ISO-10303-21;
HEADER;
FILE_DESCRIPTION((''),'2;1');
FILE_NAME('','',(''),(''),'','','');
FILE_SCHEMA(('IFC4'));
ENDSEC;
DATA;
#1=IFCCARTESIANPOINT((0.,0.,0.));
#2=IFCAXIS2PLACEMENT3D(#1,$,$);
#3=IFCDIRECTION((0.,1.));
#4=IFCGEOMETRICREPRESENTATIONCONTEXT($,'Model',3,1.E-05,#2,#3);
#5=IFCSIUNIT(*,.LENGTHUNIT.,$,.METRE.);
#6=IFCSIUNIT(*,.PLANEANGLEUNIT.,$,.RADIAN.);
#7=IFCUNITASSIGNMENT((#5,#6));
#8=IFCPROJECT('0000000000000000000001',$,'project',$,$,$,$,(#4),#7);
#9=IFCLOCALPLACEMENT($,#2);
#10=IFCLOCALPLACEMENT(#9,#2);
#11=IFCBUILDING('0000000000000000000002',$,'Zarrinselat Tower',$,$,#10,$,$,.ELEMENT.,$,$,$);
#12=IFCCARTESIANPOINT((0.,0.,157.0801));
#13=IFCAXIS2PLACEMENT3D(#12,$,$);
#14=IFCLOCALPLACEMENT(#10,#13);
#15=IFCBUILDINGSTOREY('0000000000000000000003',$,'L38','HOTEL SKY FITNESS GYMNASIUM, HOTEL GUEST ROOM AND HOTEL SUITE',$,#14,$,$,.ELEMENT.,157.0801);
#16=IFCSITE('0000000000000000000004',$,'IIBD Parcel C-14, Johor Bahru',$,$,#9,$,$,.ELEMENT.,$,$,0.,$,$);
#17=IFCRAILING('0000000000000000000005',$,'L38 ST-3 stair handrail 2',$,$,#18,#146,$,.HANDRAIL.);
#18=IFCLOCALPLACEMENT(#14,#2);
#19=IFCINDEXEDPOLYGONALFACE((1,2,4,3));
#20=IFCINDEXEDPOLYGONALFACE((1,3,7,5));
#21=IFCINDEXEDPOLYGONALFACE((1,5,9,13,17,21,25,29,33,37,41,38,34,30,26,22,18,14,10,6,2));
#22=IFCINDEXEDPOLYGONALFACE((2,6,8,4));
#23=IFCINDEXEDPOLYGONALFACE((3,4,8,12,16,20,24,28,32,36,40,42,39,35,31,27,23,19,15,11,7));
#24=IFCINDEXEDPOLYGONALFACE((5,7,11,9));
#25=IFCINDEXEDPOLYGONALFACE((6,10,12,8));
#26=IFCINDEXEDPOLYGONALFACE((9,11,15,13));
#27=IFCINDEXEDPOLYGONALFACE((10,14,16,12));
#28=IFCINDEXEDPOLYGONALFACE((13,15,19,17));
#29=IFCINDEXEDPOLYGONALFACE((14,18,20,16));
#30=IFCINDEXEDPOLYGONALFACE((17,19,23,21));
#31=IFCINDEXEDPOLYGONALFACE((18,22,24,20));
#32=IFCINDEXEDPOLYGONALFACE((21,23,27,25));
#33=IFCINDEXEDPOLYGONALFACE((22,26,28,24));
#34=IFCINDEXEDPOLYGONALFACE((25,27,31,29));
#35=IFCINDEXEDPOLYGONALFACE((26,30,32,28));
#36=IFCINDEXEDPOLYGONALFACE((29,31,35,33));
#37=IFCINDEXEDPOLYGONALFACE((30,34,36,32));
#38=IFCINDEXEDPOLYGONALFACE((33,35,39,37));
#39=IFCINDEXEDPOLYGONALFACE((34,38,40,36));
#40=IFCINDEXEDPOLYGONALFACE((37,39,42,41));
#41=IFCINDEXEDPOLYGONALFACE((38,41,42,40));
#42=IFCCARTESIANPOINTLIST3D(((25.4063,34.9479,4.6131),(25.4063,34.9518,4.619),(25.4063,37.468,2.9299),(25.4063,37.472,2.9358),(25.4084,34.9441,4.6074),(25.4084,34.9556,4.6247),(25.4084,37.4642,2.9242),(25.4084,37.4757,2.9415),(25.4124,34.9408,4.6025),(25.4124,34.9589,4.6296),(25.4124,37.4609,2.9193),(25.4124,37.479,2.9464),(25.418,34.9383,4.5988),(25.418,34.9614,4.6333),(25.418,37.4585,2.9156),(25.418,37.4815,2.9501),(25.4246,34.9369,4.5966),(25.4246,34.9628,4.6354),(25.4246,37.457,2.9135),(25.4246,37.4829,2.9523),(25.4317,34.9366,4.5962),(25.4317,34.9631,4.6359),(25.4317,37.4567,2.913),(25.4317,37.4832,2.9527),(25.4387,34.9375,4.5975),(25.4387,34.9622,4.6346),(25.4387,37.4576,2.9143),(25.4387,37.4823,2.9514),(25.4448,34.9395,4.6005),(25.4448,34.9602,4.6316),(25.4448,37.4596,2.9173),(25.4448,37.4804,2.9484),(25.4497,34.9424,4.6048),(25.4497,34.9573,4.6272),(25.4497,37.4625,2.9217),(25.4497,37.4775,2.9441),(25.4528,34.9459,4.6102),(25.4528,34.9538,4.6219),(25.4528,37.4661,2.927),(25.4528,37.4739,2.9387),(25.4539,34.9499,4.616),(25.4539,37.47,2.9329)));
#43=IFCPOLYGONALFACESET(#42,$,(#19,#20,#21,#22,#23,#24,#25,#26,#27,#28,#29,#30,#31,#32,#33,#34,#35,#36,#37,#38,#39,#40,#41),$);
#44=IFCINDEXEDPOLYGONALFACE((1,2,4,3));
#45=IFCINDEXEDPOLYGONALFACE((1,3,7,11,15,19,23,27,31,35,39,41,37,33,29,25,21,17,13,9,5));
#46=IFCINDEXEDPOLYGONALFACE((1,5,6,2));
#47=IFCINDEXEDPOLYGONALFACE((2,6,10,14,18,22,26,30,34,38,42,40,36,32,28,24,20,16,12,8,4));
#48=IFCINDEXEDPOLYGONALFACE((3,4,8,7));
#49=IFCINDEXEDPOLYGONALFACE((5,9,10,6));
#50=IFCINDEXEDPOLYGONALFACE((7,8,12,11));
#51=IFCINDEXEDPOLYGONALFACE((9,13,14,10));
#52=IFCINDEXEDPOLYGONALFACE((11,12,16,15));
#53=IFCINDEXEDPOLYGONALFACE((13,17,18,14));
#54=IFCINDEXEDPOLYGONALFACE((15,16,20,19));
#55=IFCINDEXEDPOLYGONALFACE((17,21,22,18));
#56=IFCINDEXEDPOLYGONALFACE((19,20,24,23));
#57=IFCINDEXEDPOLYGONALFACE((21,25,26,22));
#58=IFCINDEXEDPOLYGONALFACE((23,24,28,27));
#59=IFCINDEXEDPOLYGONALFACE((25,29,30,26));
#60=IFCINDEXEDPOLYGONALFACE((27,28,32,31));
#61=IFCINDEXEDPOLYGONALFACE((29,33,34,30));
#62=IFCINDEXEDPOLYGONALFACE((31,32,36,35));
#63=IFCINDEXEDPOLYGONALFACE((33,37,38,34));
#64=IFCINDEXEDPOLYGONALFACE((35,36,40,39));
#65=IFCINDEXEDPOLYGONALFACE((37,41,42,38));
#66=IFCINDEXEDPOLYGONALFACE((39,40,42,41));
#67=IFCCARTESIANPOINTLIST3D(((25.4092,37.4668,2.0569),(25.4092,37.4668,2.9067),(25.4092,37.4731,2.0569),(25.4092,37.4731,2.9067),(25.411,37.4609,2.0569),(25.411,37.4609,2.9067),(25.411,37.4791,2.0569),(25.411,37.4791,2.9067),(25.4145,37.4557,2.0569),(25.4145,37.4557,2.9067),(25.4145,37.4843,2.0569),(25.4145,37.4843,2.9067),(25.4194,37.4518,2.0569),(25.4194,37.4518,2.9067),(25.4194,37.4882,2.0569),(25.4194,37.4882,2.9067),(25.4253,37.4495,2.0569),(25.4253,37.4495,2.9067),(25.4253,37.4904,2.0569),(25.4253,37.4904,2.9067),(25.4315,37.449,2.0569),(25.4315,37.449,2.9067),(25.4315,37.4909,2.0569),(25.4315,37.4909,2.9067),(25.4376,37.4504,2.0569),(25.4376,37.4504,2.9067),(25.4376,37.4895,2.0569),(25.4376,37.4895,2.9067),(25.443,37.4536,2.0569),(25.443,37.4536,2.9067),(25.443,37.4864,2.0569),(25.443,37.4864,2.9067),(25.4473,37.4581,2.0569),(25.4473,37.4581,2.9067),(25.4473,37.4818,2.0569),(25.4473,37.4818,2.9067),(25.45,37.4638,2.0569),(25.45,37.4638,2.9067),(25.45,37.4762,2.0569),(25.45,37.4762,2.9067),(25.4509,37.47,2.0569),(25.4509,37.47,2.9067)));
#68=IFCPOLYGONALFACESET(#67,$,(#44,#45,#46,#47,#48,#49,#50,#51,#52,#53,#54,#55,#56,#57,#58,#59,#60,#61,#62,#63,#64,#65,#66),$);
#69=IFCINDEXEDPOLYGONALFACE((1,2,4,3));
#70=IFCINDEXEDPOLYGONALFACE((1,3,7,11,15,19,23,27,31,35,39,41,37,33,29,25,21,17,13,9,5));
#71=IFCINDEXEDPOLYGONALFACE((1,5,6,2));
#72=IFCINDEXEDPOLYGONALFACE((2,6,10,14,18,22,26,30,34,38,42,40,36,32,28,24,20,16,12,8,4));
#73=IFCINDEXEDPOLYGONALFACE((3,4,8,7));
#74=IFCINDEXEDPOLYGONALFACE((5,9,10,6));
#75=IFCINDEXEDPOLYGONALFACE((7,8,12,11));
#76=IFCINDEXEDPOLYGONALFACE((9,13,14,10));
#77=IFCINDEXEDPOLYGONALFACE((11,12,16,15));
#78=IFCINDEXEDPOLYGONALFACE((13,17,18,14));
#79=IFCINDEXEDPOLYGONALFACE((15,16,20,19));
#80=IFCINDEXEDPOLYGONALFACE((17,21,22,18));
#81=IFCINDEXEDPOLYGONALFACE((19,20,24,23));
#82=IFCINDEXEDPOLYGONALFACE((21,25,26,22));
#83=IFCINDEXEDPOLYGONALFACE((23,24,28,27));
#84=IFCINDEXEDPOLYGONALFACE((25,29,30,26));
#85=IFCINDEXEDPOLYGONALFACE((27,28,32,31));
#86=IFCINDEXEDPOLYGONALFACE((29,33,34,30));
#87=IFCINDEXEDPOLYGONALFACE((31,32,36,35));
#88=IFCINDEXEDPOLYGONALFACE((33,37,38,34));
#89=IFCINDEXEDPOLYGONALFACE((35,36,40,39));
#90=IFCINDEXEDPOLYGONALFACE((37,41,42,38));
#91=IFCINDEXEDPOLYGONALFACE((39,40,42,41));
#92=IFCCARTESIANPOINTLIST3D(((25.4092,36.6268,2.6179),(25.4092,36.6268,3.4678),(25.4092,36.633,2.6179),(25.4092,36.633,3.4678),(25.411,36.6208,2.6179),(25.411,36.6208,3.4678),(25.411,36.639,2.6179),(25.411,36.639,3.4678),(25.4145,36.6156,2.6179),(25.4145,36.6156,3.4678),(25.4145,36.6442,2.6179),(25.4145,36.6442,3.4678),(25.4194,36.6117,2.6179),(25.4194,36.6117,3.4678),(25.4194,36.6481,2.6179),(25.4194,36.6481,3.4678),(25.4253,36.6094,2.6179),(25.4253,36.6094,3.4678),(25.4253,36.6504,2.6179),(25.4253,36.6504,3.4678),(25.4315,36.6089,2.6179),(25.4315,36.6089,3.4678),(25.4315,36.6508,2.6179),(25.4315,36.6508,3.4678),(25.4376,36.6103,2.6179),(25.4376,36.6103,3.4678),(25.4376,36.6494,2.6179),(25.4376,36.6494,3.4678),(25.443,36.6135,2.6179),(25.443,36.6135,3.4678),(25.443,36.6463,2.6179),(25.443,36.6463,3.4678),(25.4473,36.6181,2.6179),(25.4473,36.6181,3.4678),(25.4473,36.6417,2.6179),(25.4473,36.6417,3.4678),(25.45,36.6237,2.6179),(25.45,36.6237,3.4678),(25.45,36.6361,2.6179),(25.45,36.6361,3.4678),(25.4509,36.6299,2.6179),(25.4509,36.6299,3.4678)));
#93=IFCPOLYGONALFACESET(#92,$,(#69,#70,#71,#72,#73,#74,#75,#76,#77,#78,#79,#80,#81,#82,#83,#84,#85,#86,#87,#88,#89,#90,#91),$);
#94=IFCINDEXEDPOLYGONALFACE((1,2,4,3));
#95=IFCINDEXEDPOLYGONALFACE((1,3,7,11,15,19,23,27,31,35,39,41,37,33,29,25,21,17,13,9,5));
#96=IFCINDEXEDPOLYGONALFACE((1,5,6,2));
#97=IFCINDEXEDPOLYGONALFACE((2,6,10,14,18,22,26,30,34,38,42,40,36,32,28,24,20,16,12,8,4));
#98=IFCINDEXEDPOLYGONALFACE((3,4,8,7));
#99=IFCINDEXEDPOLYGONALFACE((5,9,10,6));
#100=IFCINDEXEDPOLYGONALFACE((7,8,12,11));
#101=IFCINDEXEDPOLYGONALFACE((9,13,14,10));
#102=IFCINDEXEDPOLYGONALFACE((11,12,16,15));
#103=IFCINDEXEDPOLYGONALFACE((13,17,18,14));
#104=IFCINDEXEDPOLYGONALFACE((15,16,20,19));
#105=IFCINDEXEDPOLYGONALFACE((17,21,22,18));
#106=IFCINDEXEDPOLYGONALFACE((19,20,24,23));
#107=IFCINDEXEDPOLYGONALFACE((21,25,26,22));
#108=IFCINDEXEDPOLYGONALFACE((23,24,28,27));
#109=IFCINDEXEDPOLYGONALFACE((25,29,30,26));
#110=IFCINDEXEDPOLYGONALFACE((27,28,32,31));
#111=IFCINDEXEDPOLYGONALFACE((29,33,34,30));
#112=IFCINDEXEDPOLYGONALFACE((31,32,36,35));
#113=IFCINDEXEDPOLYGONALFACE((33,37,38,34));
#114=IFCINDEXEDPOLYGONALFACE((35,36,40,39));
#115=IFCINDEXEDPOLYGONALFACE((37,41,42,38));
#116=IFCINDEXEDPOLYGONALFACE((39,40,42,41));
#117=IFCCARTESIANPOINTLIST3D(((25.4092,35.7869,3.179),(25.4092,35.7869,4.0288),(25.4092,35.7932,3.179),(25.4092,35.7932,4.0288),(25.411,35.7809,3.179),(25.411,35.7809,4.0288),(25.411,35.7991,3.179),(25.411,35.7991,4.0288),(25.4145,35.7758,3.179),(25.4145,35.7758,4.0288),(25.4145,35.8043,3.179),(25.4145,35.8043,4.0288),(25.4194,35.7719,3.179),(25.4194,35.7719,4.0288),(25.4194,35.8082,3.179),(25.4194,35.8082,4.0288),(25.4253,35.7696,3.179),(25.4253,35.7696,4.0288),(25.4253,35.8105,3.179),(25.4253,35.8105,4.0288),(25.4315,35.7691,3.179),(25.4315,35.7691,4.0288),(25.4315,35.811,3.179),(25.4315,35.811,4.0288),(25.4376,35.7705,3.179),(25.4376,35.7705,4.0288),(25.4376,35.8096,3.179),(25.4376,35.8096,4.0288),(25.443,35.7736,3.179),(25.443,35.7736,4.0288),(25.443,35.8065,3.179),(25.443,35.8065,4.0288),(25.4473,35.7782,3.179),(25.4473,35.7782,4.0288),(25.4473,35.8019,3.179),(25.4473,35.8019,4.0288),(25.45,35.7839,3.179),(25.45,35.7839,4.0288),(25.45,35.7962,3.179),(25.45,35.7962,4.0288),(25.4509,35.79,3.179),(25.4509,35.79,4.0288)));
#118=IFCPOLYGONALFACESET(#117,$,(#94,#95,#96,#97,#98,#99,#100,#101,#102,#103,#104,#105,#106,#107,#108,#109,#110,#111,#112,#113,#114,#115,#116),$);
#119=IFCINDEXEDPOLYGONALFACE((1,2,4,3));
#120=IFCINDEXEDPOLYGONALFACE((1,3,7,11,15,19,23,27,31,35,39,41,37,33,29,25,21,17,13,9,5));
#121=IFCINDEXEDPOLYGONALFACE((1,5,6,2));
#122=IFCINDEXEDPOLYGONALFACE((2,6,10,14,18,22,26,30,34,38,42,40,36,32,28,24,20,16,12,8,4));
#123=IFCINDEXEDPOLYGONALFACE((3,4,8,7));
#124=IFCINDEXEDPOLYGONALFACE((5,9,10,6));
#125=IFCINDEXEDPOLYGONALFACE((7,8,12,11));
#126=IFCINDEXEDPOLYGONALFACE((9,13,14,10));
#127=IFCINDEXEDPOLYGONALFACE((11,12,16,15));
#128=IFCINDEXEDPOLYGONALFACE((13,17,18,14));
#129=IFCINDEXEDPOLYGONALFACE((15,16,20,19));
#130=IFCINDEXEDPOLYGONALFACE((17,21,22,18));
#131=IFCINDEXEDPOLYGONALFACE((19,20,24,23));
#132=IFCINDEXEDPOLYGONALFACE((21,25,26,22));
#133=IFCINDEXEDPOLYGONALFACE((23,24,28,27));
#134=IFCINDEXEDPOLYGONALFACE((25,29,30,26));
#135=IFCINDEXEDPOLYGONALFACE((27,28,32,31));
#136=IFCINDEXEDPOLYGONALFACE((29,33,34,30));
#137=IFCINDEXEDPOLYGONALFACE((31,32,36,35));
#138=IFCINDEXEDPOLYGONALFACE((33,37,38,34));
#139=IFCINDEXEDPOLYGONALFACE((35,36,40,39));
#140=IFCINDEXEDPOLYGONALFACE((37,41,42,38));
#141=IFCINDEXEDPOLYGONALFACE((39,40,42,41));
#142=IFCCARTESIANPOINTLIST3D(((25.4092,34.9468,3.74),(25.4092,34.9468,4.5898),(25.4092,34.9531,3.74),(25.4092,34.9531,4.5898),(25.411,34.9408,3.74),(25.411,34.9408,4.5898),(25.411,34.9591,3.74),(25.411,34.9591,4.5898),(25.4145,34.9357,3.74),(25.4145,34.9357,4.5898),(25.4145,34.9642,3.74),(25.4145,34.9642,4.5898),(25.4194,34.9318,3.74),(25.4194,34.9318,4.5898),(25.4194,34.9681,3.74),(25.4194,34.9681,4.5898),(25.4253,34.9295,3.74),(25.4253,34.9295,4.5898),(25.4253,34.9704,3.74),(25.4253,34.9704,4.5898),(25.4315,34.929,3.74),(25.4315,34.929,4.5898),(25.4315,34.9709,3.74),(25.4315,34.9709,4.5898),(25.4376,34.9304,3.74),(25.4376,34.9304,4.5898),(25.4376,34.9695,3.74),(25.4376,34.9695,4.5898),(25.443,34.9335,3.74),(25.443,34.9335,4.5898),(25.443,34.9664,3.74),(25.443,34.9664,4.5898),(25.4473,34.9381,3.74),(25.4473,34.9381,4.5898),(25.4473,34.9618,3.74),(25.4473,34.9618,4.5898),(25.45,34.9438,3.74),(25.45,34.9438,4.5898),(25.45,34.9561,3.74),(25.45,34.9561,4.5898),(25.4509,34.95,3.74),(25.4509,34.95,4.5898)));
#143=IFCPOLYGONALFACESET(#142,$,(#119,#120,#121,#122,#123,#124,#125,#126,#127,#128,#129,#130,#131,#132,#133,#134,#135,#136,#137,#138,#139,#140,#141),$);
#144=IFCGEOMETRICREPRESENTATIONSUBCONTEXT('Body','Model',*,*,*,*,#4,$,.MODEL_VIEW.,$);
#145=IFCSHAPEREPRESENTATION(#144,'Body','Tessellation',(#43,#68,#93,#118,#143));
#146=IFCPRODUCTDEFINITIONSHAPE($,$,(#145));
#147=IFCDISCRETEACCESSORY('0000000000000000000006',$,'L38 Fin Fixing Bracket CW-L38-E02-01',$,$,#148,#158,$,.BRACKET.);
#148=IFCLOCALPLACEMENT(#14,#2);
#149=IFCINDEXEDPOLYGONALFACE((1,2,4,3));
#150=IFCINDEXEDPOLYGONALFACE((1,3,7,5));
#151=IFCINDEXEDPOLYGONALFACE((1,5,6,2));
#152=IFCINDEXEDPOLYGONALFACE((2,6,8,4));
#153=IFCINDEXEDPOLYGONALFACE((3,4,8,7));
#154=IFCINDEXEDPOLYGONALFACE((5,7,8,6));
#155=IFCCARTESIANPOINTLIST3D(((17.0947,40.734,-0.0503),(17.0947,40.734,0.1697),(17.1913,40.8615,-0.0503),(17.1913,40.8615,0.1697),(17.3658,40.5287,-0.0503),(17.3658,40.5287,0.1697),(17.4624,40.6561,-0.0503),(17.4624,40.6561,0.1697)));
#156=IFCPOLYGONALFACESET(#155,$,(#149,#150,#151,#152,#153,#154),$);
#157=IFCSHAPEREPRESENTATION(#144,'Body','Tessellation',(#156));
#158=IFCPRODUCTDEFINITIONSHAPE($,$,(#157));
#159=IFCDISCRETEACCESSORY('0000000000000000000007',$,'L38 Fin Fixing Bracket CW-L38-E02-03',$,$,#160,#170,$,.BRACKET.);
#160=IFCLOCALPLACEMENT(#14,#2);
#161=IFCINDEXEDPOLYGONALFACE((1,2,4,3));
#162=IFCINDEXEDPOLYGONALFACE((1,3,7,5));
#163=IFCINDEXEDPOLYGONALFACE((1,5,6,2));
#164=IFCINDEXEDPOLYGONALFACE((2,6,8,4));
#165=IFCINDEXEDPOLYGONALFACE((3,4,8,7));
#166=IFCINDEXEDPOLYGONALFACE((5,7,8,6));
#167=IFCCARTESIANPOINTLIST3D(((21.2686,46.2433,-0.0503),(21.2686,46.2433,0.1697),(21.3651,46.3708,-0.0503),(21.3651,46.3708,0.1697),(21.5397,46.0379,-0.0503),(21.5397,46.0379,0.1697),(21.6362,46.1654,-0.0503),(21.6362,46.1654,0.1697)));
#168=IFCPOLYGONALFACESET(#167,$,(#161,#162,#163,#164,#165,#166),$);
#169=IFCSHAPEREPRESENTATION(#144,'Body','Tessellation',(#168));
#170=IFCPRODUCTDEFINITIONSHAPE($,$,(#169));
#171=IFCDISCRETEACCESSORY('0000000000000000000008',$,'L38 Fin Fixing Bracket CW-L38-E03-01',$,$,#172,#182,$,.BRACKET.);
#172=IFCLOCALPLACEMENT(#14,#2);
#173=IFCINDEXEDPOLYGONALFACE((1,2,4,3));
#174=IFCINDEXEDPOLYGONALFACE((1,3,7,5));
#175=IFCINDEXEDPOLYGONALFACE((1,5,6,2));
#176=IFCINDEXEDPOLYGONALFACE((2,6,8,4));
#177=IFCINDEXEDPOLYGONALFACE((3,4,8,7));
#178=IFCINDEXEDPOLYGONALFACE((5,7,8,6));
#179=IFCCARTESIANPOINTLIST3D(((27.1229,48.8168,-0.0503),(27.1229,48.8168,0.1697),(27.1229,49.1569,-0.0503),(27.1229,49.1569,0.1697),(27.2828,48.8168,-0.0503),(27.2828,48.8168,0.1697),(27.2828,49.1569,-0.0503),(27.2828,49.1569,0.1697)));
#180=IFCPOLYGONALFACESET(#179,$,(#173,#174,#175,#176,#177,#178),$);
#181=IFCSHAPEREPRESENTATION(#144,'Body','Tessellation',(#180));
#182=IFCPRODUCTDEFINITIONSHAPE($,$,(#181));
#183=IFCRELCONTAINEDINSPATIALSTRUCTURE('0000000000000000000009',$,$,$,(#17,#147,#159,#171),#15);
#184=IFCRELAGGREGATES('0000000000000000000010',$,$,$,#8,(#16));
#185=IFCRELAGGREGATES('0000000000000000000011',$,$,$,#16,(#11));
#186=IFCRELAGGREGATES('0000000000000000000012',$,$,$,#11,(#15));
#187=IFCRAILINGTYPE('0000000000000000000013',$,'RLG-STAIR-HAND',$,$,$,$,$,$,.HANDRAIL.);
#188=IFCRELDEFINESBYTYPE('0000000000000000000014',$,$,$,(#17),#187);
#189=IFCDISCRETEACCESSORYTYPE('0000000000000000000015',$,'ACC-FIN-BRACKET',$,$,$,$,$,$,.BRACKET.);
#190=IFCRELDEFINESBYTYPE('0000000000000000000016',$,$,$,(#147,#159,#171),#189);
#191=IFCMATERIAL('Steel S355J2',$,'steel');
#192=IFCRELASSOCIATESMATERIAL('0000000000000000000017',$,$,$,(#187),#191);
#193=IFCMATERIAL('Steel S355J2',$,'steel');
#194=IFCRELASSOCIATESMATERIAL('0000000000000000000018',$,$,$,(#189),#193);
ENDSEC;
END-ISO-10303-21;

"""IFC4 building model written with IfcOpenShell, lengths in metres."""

from ifc_helpers import new_model, si_unit, direction, frame, origin, origin_2d, place, context, subcontext, project, spatial, rectangle, circle, extrude, material, type_object, element, save


model = new_model("IFC4")

# Units and contexts
model_context = context("Model", 3, precision=1e-05, world=origin(), true_north=direction((0.0, 1.0)))
body_context = subcontext(model_context, "Body", "Model", "MODEL_VIEW")
ifc_project = project(units=[si_unit("LENGTHUNIT", "METRE"), si_unit("PLANEANGLEUNIT", "RADIAN")], contexts=[model_context])

# Site, building, storey
site_placement = place(None, origin())
site = spatial("IfcSite", under=ifc_project, at=site_placement, Name="IIBD Parcel C-14, Johor Bahru", CompositionType="ELEMENT", RefElevation=0.0)
building_placement = place(site_placement, origin())
building = spatial("IfcBuilding", under=site, at=building_placement, Name="Zarrinselat Tower", CompositionType="ELEMENT")
storey_placement = place(building_placement, frame((0.0, 0.0, 157.0801)))
storey = spatial("IfcBuildingStorey", under=building, at=storey_placement, Name="L38", Description="HOTEL SKY FITNESS GYMNASIUM, HOTEL GUEST ROOM AND HOTEL SUITE", CompositionType="ELEMENT", Elevation=157.0801)

# Railing
ifc_material_1 = material(Name="Steel S355J2", Category="steel")
railing_type_1 = type_object("IfcRailingType", Name="RLG-STAIR-HAND", PredefinedType="HANDRAIL", material=ifc_material_1)
railing_1_placement = place(storey_placement, frame((25.4299, 37.47, 2.0569)))
element("IfcRailing", 1, at=railing_1_placement, inside=storey, type_object=railing_type_1, Name="L38 ST-3 stair handrail 2", PredefinedType="HANDRAIL", context=body_context, shape_type="SweptSolid", body=[
    extrude(circle(Radius=0.0239, at=origin_2d()), frame((0.0, 0.0, 0.876), z_axis=(0.0, -0.831579, 0.555406), x_axis=(1.0, 0.0, 0.0)), (0.0, 0.0, 1.0), 3.0305),
    extrude(circle(Radius=0.021, at=origin_2d()), origin(), (0.0, 0.0, 1.0), 0.8499),
    extrude(circle(Radius=0.021, at=origin_2d()), frame((0.0, -0.8401, 0.561)), (0.0, 0.0, 1.0), 0.8499),
    extrude(circle(Radius=0.021, at=origin_2d()), frame((0.0, -1.6799, 1.1221)), (0.0, 0.0, 1.0), 0.8499),
    extrude(circle(Radius=0.021, at=origin_2d()), frame((0.0, -2.52, 1.6831)), (0.0, 0.0, 1.0), 0.8499),
])

# Discrete accessories
ifc_material_2 = material(Name="Steel S355J2", Category="steel")
discrete_accessory_type = type_object("IfcDiscreteAccessoryType", Name="ACC-FIN-BRACKET", PredefinedType="BRACKET", material=ifc_material_2)
for number, where, z_axis, x_axis, name in (
    (2, (17.2786, 40.6951, -0.0503), (0.0, 0.0, 1.0), (-0.797092, 0.603858, 0.0), "L38 Fin Fixing Bracket CW-L38-E02-01"),
    (3, (21.4524, 46.2043, -0.0503), (0.0, 0.0, 1.0), (-0.797092, 0.603858, 0.0), "L38 Fin Fixing Bracket CW-L38-E02-03"),
    (4, (27.2029, 48.9868, -0.0503), (0.0, 0.0, 1.0), (0.0, 1.0, 0.0), "L38 Fin Fixing Bracket CW-L38-E03-01"),
):
    element("IfcDiscreteAccessory", number, at=place(storey_placement, frame(where, z_axis=z_axis, x_axis=x_axis)), inside=storey, type_object=discrete_accessory_type, Name=name, PredefinedType="BRACKET", context=body_context, shape_type="SweptSolid", body=[
        extrude(rectangle(XDim=0.3401, YDim=0.1599, at=origin_2d()), origin(), (0.0, 0.0, 1.0), 0.22),
    ])

save(model, "model.ifc")
